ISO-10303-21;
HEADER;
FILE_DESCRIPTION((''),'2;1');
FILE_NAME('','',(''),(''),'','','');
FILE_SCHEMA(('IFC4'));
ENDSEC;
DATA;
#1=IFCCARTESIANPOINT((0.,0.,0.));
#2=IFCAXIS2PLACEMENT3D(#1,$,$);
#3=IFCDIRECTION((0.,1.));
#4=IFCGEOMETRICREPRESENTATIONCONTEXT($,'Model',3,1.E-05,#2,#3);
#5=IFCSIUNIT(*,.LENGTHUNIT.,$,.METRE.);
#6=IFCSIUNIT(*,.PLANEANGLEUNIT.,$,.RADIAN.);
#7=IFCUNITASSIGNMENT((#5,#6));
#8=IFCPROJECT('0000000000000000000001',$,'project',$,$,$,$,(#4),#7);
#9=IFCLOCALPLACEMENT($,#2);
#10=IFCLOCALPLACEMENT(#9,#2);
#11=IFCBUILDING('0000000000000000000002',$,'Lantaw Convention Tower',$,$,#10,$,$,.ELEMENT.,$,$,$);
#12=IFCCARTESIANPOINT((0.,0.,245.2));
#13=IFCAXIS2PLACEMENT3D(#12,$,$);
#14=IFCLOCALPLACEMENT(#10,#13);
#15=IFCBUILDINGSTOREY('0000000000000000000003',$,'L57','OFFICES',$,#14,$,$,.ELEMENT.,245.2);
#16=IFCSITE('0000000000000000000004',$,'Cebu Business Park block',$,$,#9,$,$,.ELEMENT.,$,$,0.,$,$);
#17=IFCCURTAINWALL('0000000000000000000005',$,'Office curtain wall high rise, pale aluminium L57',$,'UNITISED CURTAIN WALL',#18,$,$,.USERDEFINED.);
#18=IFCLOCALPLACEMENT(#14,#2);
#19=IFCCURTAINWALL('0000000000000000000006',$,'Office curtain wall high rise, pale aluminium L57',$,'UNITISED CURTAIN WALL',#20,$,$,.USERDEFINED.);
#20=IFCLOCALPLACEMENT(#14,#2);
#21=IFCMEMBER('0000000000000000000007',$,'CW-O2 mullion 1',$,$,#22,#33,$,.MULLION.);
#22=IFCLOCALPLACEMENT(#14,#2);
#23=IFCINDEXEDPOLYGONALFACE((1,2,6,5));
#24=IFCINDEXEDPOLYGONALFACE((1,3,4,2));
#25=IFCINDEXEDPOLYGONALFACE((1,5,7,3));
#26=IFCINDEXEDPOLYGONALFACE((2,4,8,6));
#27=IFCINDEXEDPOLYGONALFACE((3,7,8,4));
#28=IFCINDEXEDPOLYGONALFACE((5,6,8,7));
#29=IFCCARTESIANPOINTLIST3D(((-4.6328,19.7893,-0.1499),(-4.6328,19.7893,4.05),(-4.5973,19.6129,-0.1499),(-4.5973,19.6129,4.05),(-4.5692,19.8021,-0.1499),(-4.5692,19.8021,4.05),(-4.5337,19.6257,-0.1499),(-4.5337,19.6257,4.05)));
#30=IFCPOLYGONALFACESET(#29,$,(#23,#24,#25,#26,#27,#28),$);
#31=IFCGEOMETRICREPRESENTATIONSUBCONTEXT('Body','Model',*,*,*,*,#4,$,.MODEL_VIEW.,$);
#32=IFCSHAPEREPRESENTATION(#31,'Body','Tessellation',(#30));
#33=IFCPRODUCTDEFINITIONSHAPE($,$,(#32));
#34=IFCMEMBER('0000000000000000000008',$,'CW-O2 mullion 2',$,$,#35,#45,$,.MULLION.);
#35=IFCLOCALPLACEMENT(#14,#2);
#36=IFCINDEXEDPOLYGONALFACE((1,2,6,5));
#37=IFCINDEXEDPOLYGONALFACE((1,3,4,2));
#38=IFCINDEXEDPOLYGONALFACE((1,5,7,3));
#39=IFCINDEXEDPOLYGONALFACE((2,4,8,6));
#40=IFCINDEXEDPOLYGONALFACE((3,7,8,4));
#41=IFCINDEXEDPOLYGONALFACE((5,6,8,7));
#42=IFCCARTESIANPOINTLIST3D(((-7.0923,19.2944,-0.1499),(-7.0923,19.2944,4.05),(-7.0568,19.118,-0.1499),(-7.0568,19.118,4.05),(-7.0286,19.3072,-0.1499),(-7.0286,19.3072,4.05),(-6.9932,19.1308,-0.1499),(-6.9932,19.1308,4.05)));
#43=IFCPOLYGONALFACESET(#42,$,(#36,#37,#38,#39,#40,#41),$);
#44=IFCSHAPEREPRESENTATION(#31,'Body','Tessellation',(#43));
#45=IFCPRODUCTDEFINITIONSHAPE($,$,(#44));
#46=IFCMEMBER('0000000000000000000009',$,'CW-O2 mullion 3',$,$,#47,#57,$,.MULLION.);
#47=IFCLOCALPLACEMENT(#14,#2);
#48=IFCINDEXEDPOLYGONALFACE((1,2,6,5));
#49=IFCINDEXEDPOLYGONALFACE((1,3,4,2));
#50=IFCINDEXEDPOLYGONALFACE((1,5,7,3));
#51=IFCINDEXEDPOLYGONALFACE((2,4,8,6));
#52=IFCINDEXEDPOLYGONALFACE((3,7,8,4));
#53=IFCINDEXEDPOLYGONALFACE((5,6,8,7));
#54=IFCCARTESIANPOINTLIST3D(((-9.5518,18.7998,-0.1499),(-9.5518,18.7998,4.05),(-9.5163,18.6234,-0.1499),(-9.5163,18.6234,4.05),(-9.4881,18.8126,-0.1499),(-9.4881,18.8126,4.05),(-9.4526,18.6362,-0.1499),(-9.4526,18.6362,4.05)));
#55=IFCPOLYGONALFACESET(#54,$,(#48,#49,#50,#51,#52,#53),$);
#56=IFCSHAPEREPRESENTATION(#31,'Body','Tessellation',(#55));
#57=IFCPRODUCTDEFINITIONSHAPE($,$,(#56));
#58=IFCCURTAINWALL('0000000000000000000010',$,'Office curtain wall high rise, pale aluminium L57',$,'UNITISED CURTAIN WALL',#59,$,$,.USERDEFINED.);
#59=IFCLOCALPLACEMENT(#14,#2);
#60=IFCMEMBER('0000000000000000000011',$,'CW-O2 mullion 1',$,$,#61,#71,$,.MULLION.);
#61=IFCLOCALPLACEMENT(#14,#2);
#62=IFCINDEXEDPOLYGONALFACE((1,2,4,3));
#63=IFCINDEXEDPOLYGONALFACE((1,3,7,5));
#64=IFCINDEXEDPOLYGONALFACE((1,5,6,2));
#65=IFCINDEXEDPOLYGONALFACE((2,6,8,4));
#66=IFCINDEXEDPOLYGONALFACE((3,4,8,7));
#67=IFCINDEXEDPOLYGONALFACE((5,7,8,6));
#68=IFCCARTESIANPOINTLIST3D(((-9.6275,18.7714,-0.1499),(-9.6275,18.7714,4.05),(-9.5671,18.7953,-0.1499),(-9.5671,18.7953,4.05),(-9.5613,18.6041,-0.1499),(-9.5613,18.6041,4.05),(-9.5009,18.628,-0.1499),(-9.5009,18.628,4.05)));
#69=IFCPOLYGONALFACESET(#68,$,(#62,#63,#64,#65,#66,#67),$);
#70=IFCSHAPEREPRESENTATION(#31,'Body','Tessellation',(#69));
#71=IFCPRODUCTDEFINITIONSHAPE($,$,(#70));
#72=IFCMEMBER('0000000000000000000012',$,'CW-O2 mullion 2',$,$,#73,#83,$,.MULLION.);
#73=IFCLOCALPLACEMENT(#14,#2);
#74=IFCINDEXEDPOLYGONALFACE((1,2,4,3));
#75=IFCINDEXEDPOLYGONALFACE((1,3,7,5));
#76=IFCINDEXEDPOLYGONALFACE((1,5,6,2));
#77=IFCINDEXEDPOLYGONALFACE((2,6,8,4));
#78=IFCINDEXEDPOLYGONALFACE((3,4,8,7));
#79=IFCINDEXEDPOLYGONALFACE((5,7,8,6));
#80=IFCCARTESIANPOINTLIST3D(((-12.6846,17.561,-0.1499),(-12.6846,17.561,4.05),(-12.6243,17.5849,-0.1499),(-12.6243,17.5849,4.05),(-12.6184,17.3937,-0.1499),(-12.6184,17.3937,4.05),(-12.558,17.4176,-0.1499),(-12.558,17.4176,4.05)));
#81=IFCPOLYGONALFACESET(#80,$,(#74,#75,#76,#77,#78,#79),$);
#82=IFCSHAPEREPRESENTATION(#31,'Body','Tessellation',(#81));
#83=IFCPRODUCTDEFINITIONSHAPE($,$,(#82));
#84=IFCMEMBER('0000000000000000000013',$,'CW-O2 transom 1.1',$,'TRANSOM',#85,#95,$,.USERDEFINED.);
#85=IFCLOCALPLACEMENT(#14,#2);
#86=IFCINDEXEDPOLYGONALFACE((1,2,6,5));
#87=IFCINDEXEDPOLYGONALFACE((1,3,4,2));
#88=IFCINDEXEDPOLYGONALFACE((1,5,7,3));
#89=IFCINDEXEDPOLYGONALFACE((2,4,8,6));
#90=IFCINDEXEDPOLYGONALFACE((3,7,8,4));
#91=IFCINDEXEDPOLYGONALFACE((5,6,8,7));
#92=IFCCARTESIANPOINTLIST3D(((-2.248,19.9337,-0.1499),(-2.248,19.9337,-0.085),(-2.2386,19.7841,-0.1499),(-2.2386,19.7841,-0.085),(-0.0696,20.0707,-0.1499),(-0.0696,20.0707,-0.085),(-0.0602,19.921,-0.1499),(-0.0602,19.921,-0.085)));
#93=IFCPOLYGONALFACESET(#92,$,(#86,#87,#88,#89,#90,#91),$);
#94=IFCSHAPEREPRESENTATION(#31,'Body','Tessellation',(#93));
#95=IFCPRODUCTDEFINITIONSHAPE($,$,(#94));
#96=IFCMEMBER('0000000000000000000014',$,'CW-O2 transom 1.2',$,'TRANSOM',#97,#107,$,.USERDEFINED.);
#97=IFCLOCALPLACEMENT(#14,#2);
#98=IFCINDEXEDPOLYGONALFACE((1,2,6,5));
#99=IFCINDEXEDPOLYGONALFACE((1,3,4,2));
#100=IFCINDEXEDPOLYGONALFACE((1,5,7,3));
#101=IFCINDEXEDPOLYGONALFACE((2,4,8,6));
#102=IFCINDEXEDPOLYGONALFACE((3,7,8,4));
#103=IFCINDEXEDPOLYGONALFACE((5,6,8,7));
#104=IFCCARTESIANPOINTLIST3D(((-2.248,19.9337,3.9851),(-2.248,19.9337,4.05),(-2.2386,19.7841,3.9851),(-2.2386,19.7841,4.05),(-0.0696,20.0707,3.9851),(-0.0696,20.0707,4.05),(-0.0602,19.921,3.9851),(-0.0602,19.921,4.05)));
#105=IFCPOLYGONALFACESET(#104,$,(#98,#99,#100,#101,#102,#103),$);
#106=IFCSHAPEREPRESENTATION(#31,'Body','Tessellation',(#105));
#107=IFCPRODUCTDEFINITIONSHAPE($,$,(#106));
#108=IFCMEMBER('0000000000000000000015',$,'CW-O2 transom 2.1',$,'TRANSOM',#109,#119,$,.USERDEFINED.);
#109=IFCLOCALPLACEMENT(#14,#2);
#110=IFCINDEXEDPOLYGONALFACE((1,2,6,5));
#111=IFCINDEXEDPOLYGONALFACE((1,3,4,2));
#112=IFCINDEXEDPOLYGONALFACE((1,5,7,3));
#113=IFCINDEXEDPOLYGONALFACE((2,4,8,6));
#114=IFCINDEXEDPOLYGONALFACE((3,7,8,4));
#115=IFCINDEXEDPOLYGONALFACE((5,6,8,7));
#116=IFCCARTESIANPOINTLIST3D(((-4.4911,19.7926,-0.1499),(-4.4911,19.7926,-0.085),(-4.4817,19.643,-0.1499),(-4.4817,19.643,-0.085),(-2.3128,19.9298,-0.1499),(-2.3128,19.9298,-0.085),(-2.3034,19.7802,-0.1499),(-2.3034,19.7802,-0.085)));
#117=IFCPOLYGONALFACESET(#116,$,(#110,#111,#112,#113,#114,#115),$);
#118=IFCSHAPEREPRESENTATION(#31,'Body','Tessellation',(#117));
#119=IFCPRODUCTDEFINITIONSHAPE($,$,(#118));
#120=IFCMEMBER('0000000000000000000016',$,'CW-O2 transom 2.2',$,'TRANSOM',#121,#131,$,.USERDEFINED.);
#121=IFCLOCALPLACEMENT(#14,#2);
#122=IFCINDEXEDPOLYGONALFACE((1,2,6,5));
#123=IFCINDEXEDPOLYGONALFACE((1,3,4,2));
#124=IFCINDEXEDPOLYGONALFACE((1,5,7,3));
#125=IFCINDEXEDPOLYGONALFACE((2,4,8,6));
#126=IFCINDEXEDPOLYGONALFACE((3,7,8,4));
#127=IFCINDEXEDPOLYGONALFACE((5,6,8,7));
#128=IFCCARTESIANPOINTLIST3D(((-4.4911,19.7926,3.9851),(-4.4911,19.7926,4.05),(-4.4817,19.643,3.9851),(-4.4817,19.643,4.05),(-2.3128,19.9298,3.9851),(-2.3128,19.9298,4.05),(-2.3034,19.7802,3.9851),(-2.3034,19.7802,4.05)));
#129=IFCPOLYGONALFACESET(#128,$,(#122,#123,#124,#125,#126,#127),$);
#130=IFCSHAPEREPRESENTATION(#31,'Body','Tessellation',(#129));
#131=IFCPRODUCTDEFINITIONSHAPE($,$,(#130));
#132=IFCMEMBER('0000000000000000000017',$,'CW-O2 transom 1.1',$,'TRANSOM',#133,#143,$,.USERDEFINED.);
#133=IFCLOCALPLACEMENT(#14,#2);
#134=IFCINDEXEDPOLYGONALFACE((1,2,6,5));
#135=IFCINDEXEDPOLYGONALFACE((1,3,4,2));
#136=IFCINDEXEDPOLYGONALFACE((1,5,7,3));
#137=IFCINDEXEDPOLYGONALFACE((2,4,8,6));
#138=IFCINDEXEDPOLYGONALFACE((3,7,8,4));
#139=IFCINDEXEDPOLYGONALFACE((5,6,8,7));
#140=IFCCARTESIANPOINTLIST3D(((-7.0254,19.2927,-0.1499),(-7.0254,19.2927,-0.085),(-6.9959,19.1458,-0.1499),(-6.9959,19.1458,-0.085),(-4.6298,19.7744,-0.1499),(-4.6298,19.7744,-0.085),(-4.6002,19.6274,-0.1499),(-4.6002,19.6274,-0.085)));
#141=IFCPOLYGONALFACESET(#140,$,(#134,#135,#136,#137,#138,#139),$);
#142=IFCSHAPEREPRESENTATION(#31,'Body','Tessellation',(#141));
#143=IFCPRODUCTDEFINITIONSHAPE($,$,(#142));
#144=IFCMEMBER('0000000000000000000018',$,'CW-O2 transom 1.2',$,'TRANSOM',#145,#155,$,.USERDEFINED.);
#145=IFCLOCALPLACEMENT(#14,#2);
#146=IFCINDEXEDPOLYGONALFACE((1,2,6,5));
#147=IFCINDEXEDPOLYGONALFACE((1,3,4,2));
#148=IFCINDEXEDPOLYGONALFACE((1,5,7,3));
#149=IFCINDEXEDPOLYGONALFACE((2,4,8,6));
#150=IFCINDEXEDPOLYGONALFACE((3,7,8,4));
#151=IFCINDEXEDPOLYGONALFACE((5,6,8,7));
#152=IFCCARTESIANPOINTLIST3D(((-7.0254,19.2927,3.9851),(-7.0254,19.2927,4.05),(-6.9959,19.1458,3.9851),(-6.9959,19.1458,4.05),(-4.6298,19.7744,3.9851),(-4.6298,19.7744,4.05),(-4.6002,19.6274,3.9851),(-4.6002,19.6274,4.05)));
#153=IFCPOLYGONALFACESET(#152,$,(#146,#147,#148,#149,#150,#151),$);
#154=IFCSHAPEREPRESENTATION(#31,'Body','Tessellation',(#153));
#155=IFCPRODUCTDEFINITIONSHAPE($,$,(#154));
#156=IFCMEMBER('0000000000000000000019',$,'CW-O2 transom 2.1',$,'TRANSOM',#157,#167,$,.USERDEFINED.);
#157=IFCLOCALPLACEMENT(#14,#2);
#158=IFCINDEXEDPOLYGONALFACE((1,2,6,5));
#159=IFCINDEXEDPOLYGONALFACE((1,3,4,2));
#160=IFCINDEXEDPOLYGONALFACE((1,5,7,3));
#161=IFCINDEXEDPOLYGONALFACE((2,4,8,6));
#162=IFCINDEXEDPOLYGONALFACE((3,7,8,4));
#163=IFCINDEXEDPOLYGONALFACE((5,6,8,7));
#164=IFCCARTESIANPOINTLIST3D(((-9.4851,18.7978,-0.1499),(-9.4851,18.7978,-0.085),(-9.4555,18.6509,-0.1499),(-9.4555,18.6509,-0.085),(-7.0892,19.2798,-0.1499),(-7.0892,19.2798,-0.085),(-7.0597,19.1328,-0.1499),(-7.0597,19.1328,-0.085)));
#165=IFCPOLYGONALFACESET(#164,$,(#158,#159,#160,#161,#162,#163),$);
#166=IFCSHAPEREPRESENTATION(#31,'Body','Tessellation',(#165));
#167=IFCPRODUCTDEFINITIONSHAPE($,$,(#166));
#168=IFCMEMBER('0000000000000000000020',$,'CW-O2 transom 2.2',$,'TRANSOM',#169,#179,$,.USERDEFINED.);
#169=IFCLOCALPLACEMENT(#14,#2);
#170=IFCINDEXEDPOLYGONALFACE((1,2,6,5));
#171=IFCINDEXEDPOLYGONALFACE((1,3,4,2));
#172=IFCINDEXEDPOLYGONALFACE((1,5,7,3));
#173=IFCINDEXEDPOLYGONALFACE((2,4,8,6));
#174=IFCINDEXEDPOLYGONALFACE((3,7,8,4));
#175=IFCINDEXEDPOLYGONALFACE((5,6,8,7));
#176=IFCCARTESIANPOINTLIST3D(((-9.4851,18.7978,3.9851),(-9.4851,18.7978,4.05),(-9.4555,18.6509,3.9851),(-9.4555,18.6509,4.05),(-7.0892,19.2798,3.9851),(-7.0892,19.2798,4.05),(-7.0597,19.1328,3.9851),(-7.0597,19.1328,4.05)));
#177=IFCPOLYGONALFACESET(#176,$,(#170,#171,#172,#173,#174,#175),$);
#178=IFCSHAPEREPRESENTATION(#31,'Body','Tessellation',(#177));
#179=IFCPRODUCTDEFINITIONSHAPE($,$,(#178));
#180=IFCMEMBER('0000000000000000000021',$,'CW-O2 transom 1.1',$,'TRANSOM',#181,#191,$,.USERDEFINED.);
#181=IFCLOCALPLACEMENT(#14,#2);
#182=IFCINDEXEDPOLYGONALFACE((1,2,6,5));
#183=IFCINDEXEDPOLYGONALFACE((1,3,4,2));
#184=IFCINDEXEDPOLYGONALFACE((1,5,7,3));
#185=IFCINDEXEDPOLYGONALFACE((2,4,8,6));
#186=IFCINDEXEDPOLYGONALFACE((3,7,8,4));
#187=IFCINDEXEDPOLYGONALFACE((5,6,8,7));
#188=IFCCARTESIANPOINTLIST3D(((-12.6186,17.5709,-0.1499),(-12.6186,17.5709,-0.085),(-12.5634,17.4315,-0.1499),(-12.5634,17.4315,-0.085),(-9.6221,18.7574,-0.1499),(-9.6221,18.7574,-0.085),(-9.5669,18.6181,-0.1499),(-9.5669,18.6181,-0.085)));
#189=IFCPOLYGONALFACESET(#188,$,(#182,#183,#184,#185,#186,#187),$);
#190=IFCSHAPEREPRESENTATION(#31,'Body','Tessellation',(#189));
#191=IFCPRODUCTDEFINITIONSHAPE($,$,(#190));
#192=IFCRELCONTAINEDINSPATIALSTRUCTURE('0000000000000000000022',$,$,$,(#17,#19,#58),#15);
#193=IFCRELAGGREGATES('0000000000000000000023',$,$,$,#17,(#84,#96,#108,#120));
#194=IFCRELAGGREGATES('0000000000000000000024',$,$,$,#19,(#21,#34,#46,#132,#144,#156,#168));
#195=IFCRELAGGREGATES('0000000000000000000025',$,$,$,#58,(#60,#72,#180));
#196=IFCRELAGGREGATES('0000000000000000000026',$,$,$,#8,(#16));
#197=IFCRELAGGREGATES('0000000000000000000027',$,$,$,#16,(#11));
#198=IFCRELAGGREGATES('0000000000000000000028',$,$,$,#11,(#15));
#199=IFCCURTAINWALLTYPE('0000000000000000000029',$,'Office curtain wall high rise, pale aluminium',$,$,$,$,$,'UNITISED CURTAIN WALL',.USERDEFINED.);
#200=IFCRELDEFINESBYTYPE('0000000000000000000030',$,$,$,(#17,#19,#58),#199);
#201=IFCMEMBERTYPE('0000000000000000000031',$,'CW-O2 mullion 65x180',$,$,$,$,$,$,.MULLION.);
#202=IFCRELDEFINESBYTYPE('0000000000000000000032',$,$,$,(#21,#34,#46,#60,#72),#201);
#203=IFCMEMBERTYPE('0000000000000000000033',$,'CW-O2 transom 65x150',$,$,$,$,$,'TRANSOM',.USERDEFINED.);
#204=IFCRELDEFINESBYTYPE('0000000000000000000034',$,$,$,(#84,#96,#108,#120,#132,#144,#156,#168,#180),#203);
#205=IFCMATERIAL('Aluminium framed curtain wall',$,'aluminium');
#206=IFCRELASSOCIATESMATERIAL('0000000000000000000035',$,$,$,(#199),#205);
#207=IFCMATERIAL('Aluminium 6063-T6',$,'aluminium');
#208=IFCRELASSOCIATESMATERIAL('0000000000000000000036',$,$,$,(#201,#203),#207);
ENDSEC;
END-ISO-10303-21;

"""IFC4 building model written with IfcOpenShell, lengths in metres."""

from ifc_helpers import new_model, si_unit, direction, frame, origin, origin_2d, place, context, subcontext, project, spatial, rectangle, extrude, material, material_profile, profile_set, type_object, element, aggregate, save


model = new_model("IFC4")

# Units and contexts
model_context = context("Model", 3, precision=1e-05, world=origin(), true_north=direction((0.0, 1.0)))
body_context = subcontext(model_context, "Body", "Model", "MODEL_VIEW")
ifc_project = project(units=[si_unit("LENGTHUNIT", "METRE"), si_unit("PLANEANGLEUNIT", "RADIAN")], contexts=[model_context])

# Site, building, storey
site_placement = place(None, origin())
site = spatial("IfcSite", under=ifc_project, at=site_placement, Name="Cebu Business Park block", CompositionType="ELEMENT", RefElevation=0.0)
building_placement = place(site_placement, origin())
building = spatial("IfcBuilding", under=site, at=building_placement, Name="Lantaw Convention Tower", CompositionType="ELEMENT")
storey_placement = place(building_placement, frame((0.0, 0.0, 245.2)))
storey = spatial("IfcBuildingStorey", under=building, at=storey_placement, Name="L57", Description="OFFICES", CompositionType="ELEMENT", Elevation=245.2)

# Curtain walls, members
ifc_material_1 = material(Name="Aluminium framed curtain wall", Category="aluminium")
curtain_wall_type = type_object("IfcCurtainWallType", Name="Office curtain wall high rise, pale aluminium", ElementType="UNITISED CURTAIN WALL", PredefinedType="USERDEFINED", material=ifc_material_1)
curtain_wall_1_placement = place(storey_placement, origin())
curtain_wall_1 = element("IfcCurtainWall", 1, at=curtain_wall_1_placement, inside=storey, type_object=curtain_wall_type, Name="Office curtain wall high rise, pale aluminium L57", ObjectType="UNITISED CURTAIN WALL", PredefinedType="USERDEFINED")
ifc_material_2 = material(Name="Aluminium 6063-T6", Category="aluminium")
ifc_material_profile_1 = material_profile(ifc_material_2, rectangle(XDim=0.1799, YDim=0.0649, at=origin_2d()), Name="CW-O2 mullion 65x180")
ifc_profile_set_1 = profile_set([ifc_material_profile_1], Name="Aluminium 6063-T6")
member_type_1 = type_object("IfcMemberType", Name="CW-O2 mullion 65x180", PredefinedType="MULLION", material=ifc_profile_set_1)
curtain_wall_2_placement = place(storey_placement, origin())
curtain_wall_2 = element("IfcCurtainWall", 2, at=curtain_wall_2_placement, inside=storey, type_object=curtain_wall_type, Name="Office curtain wall high rise, pale aluminium L57", ObjectType="UNITISED CURTAIN WALL", PredefinedType="USERDEFINED")
member_1_placement = place(storey_placement, frame((-4.5833, 19.7075, -0.1499), z_axis=(0.0, 0.0, 1.0), x_axis=(0.197183, -0.980367, 0.0)))
member_1 = element("IfcMember", 3, at=member_1_placement, type_object=member_type_1, Name="CW-O2 mullion 1", PredefinedType="MULLION", context=body_context, shape_type="SweptSolid", body=[
    extrude(rectangle(XDim=0.1799, YDim=0.0649, at=origin_2d()), origin(), (0.0, 0.0, 1.0), 4.2),
])
member_2_placement = place(storey_placement, frame((-7.0427, 19.2126, -0.1499), z_axis=(0.0, 0.0, 1.0), x_axis=(0.197183, -0.980367, 0.0)))
member_2 = element("IfcMember", 4, at=member_2_placement, type_object=member_type_1, Name="CW-O2 mullion 2", PredefinedType="MULLION", context=body_context, shape_type="SweptSolid", body=[
    extrude(rectangle(XDim=0.1799, YDim=0.0649, at=origin_2d()), origin(), (0.0, 0.0, 1.0), 4.2),
])
member_3_placement = place(storey_placement, frame((-9.5022, 18.718, -0.1499), z_axis=(0.0, 0.0, 1.0), x_axis=(0.197183, -0.980367, 0.0)))
member_3 = element("IfcMember", 5, at=member_3_placement, type_object=member_type_1, Name="CW-O2 mullion 3", PredefinedType="MULLION", context=body_context, shape_type="SweptSolid", body=[
    extrude(rectangle(XDim=0.1799, YDim=0.0649, at=origin_2d()), origin(), (0.0, 0.0, 1.0), 4.2),
])
curtain_wall_3_placement = place(storey_placement, origin())
curtain_wall_3 = element("IfcCurtainWall", 6, at=curtain_wall_3_placement, inside=storey, type_object=curtain_wall_type, Name="Office curtain wall high rise, pale aluminium L57", ObjectType="UNITISED CURTAIN WALL", PredefinedType="USERDEFINED")
member_4_placement = place(storey_placement, frame((-9.5642, 18.6997, -0.1499), z_axis=(0.0, 0.0, 1.0), x_axis=(0.368162, -0.929762, 0.0)))
member_4 = element("IfcMember", 7, at=member_4_placement, type_object=member_type_1, Name="CW-O2 mullion 1", PredefinedType="MULLION", context=body_context, shape_type="SweptSolid", body=[
    extrude(rectangle(XDim=0.1799, YDim=0.0649, at=origin_2d()), origin(), (0.0, 0.0, 1.0), 4.2),
])
member_5_placement = place(storey_placement, frame((-12.6213, 17.4893, -0.1499), z_axis=(0.0, 0.0, 1.0), x_axis=(0.368162, -0.929762, 0.0)))
member_5 = element("IfcMember", 8, at=member_5_placement, type_object=member_type_1, Name="CW-O2 mullion 2", PredefinedType="MULLION", context=body_context, shape_type="SweptSolid", body=[
    extrude(rectangle(XDim=0.1799, YDim=0.0649, at=origin_2d()), origin(), (0.0, 0.0, 1.0), 4.2),
])

# Members
ifc_material_profile_2 = material_profile(ifc_material_2, rectangle(XDim=0.1499, YDim=0.0649, at=origin_2d()), Name="CW-O2 transom 65x150")
ifc_profile_set_2 = profile_set([ifc_material_profile_2], Name="Aluminium 6063-T6")
member_type_2 = type_object("IfcMemberType", Name="CW-O2 transom 65x150", ElementType="TRANSOM", PredefinedType="USERDEFINED", material=ifc_profile_set_2)
member_6_placement = place(storey_placement, frame((-0.0649, 19.9958, -0.1174), z_axis=(-0.998029, -0.062754, 0.0), x_axis=(0.062754, -0.998029, 0.0)))
member_6 = element("IfcMember", 9, at=member_6_placement, type_object=member_type_2, Name="CW-O2 transom 1.1", ObjectType="TRANSOM", PredefinedType="USERDEFINED", context=body_context, shape_type="SweptSolid", body=[
    extrude(rectangle(XDim=0.1499, YDim=0.0649, at=origin_2d()), origin(), (0.0, 0.0, 1.0), 2.1826),
])
member_7_placement = place(storey_placement, frame((-0.0649, 19.9958, 4.0176), z_axis=(-0.998029, -0.062754, 0.0), x_axis=(0.062754, -0.998029, 0.0)))
member_7 = element("IfcMember", 10, at=member_7_placement, type_object=member_type_2, Name="CW-O2 transom 1.2", ObjectType="TRANSOM", PredefinedType="USERDEFINED", context=body_context, shape_type="SweptSolid", body=[
    extrude(rectangle(XDim=0.1499, YDim=0.0649, at=origin_2d()), origin(), (0.0, 0.0, 1.0), 2.1826),
])
member_8_placement = place(storey_placement, frame((-2.3081, 19.855, -0.1174), z_axis=(-0.998022, -0.062866, 0.0), x_axis=(0.062866, -0.998022, 0.0)))
member_8 = element("IfcMember", 11, at=member_8_placement, type_object=member_type_2, Name="CW-O2 transom 2.1", ObjectType="TRANSOM", PredefinedType="USERDEFINED", context=body_context, shape_type="SweptSolid", body=[
    extrude(rectangle(XDim=0.1499, YDim=0.0649, at=origin_2d()), origin(), (0.0, 0.0, 1.0), 2.1826),
])
member_9_placement = place(storey_placement, frame((-2.3081, 19.855, 4.0176), z_axis=(-0.998022, -0.062866, 0.0), x_axis=(0.062866, -0.998022, 0.0)))
member_9 = element("IfcMember", 12, at=member_9_placement, type_object=member_type_2, Name="CW-O2 transom 2.2", ObjectType="TRANSOM", PredefinedType="USERDEFINED", context=body_context, shape_type="SweptSolid", body=[
    extrude(rectangle(XDim=0.1499, YDim=0.0649, at=origin_2d()), origin(), (0.0, 0.0, 1.0), 2.1826),
])
member_10_placement = place(storey_placement, frame((-4.615, 19.7009, -0.1174), z_axis=(-0.98038, -0.197115, 0.0), x_axis=(0.197115, -0.98038, 0.0)))
member_10 = element("IfcMember", 13, at=member_10_placement, type_object=member_type_2, Name="CW-O2 transom 1.1", ObjectType="TRANSOM", PredefinedType="USERDEFINED", context=body_context, shape_type="SweptSolid", body=[
    extrude(rectangle(XDim=0.1499, YDim=0.0649, at=origin_2d()), origin(), (0.0, 0.0, 1.0), 2.4436),
])
member_11_placement = place(storey_placement, frame((-4.615, 19.7009, 4.0176), z_axis=(-0.98038, -0.197115, 0.0), x_axis=(0.197115, -0.98038, 0.0)))
member_11 = element("IfcMember", 14, at=member_11_placement, type_object=member_type_2, Name="CW-O2 transom 1.2", ObjectType="TRANSOM", PredefinedType="USERDEFINED", context=body_context, shape_type="SweptSolid", body=[
    extrude(rectangle(XDim=0.1499, YDim=0.0649, at=origin_2d()), origin(), (0.0, 0.0, 1.0), 2.4436),
])
member_12_placement = place(storey_placement, frame((-7.0745, 19.2063, -0.1174), z_axis=(-0.980361, -0.197211, 0.0), x_axis=(0.197211, -0.980361, 0.0)))
member_12 = element("IfcMember", 15, at=member_12_placement, type_object=member_type_2, Name="CW-O2 transom 2.1", ObjectType="TRANSOM", PredefinedType="USERDEFINED", context=body_context, shape_type="SweptSolid", body=[
    extrude(rectangle(XDim=0.1499, YDim=0.0649, at=origin_2d()), origin(), (0.0, 0.0, 1.0), 2.4438),
])
member_13_placement = place(storey_placement, frame((-7.0745, 19.2063, 4.0176), z_axis=(-0.980361, -0.197211, 0.0), x_axis=(0.197211, -0.980361, 0.0)))
member_13 = element("IfcMember", 16, at=member_13_placement, type_object=member_type_2, Name="CW-O2 transom 2.2", ObjectType="TRANSOM", PredefinedType="USERDEFINED", context=body_context, shape_type="SweptSolid", body=[
    extrude(rectangle(XDim=0.1499, YDim=0.0649, at=origin_2d()), origin(), (0.0, 0.0, 1.0), 2.4438),
])
member_14_placement = place(storey_placement, frame((-9.5945, 18.6877, -0.1174), z_axis=(-0.929767, -0.368149, 0.0), x_axis=(0.368149, -0.929767, 0.0)))
member_14 = element("IfcMember", 17, at=member_14_placement, type_object=member_type_2, Name="CW-O2 transom 1.1", ObjectType="TRANSOM", PredefinedType="USERDEFINED", context=body_context, shape_type="SweptSolid", body=[
    extrude(rectangle(XDim=0.1499, YDim=0.0649, at=origin_2d()), origin(), (0.0, 0.0, 1.0), 3.2229),
])

aggregate(curtain_wall_1, [member_6, member_7, member_8, member_9])
aggregate(curtain_wall_2, [member_1, member_2, member_3, member_10, member_11, member_12, member_13])
aggregate(curtain_wall_3, [member_4, member_5, member_14])

save(model, "model.ifc")
